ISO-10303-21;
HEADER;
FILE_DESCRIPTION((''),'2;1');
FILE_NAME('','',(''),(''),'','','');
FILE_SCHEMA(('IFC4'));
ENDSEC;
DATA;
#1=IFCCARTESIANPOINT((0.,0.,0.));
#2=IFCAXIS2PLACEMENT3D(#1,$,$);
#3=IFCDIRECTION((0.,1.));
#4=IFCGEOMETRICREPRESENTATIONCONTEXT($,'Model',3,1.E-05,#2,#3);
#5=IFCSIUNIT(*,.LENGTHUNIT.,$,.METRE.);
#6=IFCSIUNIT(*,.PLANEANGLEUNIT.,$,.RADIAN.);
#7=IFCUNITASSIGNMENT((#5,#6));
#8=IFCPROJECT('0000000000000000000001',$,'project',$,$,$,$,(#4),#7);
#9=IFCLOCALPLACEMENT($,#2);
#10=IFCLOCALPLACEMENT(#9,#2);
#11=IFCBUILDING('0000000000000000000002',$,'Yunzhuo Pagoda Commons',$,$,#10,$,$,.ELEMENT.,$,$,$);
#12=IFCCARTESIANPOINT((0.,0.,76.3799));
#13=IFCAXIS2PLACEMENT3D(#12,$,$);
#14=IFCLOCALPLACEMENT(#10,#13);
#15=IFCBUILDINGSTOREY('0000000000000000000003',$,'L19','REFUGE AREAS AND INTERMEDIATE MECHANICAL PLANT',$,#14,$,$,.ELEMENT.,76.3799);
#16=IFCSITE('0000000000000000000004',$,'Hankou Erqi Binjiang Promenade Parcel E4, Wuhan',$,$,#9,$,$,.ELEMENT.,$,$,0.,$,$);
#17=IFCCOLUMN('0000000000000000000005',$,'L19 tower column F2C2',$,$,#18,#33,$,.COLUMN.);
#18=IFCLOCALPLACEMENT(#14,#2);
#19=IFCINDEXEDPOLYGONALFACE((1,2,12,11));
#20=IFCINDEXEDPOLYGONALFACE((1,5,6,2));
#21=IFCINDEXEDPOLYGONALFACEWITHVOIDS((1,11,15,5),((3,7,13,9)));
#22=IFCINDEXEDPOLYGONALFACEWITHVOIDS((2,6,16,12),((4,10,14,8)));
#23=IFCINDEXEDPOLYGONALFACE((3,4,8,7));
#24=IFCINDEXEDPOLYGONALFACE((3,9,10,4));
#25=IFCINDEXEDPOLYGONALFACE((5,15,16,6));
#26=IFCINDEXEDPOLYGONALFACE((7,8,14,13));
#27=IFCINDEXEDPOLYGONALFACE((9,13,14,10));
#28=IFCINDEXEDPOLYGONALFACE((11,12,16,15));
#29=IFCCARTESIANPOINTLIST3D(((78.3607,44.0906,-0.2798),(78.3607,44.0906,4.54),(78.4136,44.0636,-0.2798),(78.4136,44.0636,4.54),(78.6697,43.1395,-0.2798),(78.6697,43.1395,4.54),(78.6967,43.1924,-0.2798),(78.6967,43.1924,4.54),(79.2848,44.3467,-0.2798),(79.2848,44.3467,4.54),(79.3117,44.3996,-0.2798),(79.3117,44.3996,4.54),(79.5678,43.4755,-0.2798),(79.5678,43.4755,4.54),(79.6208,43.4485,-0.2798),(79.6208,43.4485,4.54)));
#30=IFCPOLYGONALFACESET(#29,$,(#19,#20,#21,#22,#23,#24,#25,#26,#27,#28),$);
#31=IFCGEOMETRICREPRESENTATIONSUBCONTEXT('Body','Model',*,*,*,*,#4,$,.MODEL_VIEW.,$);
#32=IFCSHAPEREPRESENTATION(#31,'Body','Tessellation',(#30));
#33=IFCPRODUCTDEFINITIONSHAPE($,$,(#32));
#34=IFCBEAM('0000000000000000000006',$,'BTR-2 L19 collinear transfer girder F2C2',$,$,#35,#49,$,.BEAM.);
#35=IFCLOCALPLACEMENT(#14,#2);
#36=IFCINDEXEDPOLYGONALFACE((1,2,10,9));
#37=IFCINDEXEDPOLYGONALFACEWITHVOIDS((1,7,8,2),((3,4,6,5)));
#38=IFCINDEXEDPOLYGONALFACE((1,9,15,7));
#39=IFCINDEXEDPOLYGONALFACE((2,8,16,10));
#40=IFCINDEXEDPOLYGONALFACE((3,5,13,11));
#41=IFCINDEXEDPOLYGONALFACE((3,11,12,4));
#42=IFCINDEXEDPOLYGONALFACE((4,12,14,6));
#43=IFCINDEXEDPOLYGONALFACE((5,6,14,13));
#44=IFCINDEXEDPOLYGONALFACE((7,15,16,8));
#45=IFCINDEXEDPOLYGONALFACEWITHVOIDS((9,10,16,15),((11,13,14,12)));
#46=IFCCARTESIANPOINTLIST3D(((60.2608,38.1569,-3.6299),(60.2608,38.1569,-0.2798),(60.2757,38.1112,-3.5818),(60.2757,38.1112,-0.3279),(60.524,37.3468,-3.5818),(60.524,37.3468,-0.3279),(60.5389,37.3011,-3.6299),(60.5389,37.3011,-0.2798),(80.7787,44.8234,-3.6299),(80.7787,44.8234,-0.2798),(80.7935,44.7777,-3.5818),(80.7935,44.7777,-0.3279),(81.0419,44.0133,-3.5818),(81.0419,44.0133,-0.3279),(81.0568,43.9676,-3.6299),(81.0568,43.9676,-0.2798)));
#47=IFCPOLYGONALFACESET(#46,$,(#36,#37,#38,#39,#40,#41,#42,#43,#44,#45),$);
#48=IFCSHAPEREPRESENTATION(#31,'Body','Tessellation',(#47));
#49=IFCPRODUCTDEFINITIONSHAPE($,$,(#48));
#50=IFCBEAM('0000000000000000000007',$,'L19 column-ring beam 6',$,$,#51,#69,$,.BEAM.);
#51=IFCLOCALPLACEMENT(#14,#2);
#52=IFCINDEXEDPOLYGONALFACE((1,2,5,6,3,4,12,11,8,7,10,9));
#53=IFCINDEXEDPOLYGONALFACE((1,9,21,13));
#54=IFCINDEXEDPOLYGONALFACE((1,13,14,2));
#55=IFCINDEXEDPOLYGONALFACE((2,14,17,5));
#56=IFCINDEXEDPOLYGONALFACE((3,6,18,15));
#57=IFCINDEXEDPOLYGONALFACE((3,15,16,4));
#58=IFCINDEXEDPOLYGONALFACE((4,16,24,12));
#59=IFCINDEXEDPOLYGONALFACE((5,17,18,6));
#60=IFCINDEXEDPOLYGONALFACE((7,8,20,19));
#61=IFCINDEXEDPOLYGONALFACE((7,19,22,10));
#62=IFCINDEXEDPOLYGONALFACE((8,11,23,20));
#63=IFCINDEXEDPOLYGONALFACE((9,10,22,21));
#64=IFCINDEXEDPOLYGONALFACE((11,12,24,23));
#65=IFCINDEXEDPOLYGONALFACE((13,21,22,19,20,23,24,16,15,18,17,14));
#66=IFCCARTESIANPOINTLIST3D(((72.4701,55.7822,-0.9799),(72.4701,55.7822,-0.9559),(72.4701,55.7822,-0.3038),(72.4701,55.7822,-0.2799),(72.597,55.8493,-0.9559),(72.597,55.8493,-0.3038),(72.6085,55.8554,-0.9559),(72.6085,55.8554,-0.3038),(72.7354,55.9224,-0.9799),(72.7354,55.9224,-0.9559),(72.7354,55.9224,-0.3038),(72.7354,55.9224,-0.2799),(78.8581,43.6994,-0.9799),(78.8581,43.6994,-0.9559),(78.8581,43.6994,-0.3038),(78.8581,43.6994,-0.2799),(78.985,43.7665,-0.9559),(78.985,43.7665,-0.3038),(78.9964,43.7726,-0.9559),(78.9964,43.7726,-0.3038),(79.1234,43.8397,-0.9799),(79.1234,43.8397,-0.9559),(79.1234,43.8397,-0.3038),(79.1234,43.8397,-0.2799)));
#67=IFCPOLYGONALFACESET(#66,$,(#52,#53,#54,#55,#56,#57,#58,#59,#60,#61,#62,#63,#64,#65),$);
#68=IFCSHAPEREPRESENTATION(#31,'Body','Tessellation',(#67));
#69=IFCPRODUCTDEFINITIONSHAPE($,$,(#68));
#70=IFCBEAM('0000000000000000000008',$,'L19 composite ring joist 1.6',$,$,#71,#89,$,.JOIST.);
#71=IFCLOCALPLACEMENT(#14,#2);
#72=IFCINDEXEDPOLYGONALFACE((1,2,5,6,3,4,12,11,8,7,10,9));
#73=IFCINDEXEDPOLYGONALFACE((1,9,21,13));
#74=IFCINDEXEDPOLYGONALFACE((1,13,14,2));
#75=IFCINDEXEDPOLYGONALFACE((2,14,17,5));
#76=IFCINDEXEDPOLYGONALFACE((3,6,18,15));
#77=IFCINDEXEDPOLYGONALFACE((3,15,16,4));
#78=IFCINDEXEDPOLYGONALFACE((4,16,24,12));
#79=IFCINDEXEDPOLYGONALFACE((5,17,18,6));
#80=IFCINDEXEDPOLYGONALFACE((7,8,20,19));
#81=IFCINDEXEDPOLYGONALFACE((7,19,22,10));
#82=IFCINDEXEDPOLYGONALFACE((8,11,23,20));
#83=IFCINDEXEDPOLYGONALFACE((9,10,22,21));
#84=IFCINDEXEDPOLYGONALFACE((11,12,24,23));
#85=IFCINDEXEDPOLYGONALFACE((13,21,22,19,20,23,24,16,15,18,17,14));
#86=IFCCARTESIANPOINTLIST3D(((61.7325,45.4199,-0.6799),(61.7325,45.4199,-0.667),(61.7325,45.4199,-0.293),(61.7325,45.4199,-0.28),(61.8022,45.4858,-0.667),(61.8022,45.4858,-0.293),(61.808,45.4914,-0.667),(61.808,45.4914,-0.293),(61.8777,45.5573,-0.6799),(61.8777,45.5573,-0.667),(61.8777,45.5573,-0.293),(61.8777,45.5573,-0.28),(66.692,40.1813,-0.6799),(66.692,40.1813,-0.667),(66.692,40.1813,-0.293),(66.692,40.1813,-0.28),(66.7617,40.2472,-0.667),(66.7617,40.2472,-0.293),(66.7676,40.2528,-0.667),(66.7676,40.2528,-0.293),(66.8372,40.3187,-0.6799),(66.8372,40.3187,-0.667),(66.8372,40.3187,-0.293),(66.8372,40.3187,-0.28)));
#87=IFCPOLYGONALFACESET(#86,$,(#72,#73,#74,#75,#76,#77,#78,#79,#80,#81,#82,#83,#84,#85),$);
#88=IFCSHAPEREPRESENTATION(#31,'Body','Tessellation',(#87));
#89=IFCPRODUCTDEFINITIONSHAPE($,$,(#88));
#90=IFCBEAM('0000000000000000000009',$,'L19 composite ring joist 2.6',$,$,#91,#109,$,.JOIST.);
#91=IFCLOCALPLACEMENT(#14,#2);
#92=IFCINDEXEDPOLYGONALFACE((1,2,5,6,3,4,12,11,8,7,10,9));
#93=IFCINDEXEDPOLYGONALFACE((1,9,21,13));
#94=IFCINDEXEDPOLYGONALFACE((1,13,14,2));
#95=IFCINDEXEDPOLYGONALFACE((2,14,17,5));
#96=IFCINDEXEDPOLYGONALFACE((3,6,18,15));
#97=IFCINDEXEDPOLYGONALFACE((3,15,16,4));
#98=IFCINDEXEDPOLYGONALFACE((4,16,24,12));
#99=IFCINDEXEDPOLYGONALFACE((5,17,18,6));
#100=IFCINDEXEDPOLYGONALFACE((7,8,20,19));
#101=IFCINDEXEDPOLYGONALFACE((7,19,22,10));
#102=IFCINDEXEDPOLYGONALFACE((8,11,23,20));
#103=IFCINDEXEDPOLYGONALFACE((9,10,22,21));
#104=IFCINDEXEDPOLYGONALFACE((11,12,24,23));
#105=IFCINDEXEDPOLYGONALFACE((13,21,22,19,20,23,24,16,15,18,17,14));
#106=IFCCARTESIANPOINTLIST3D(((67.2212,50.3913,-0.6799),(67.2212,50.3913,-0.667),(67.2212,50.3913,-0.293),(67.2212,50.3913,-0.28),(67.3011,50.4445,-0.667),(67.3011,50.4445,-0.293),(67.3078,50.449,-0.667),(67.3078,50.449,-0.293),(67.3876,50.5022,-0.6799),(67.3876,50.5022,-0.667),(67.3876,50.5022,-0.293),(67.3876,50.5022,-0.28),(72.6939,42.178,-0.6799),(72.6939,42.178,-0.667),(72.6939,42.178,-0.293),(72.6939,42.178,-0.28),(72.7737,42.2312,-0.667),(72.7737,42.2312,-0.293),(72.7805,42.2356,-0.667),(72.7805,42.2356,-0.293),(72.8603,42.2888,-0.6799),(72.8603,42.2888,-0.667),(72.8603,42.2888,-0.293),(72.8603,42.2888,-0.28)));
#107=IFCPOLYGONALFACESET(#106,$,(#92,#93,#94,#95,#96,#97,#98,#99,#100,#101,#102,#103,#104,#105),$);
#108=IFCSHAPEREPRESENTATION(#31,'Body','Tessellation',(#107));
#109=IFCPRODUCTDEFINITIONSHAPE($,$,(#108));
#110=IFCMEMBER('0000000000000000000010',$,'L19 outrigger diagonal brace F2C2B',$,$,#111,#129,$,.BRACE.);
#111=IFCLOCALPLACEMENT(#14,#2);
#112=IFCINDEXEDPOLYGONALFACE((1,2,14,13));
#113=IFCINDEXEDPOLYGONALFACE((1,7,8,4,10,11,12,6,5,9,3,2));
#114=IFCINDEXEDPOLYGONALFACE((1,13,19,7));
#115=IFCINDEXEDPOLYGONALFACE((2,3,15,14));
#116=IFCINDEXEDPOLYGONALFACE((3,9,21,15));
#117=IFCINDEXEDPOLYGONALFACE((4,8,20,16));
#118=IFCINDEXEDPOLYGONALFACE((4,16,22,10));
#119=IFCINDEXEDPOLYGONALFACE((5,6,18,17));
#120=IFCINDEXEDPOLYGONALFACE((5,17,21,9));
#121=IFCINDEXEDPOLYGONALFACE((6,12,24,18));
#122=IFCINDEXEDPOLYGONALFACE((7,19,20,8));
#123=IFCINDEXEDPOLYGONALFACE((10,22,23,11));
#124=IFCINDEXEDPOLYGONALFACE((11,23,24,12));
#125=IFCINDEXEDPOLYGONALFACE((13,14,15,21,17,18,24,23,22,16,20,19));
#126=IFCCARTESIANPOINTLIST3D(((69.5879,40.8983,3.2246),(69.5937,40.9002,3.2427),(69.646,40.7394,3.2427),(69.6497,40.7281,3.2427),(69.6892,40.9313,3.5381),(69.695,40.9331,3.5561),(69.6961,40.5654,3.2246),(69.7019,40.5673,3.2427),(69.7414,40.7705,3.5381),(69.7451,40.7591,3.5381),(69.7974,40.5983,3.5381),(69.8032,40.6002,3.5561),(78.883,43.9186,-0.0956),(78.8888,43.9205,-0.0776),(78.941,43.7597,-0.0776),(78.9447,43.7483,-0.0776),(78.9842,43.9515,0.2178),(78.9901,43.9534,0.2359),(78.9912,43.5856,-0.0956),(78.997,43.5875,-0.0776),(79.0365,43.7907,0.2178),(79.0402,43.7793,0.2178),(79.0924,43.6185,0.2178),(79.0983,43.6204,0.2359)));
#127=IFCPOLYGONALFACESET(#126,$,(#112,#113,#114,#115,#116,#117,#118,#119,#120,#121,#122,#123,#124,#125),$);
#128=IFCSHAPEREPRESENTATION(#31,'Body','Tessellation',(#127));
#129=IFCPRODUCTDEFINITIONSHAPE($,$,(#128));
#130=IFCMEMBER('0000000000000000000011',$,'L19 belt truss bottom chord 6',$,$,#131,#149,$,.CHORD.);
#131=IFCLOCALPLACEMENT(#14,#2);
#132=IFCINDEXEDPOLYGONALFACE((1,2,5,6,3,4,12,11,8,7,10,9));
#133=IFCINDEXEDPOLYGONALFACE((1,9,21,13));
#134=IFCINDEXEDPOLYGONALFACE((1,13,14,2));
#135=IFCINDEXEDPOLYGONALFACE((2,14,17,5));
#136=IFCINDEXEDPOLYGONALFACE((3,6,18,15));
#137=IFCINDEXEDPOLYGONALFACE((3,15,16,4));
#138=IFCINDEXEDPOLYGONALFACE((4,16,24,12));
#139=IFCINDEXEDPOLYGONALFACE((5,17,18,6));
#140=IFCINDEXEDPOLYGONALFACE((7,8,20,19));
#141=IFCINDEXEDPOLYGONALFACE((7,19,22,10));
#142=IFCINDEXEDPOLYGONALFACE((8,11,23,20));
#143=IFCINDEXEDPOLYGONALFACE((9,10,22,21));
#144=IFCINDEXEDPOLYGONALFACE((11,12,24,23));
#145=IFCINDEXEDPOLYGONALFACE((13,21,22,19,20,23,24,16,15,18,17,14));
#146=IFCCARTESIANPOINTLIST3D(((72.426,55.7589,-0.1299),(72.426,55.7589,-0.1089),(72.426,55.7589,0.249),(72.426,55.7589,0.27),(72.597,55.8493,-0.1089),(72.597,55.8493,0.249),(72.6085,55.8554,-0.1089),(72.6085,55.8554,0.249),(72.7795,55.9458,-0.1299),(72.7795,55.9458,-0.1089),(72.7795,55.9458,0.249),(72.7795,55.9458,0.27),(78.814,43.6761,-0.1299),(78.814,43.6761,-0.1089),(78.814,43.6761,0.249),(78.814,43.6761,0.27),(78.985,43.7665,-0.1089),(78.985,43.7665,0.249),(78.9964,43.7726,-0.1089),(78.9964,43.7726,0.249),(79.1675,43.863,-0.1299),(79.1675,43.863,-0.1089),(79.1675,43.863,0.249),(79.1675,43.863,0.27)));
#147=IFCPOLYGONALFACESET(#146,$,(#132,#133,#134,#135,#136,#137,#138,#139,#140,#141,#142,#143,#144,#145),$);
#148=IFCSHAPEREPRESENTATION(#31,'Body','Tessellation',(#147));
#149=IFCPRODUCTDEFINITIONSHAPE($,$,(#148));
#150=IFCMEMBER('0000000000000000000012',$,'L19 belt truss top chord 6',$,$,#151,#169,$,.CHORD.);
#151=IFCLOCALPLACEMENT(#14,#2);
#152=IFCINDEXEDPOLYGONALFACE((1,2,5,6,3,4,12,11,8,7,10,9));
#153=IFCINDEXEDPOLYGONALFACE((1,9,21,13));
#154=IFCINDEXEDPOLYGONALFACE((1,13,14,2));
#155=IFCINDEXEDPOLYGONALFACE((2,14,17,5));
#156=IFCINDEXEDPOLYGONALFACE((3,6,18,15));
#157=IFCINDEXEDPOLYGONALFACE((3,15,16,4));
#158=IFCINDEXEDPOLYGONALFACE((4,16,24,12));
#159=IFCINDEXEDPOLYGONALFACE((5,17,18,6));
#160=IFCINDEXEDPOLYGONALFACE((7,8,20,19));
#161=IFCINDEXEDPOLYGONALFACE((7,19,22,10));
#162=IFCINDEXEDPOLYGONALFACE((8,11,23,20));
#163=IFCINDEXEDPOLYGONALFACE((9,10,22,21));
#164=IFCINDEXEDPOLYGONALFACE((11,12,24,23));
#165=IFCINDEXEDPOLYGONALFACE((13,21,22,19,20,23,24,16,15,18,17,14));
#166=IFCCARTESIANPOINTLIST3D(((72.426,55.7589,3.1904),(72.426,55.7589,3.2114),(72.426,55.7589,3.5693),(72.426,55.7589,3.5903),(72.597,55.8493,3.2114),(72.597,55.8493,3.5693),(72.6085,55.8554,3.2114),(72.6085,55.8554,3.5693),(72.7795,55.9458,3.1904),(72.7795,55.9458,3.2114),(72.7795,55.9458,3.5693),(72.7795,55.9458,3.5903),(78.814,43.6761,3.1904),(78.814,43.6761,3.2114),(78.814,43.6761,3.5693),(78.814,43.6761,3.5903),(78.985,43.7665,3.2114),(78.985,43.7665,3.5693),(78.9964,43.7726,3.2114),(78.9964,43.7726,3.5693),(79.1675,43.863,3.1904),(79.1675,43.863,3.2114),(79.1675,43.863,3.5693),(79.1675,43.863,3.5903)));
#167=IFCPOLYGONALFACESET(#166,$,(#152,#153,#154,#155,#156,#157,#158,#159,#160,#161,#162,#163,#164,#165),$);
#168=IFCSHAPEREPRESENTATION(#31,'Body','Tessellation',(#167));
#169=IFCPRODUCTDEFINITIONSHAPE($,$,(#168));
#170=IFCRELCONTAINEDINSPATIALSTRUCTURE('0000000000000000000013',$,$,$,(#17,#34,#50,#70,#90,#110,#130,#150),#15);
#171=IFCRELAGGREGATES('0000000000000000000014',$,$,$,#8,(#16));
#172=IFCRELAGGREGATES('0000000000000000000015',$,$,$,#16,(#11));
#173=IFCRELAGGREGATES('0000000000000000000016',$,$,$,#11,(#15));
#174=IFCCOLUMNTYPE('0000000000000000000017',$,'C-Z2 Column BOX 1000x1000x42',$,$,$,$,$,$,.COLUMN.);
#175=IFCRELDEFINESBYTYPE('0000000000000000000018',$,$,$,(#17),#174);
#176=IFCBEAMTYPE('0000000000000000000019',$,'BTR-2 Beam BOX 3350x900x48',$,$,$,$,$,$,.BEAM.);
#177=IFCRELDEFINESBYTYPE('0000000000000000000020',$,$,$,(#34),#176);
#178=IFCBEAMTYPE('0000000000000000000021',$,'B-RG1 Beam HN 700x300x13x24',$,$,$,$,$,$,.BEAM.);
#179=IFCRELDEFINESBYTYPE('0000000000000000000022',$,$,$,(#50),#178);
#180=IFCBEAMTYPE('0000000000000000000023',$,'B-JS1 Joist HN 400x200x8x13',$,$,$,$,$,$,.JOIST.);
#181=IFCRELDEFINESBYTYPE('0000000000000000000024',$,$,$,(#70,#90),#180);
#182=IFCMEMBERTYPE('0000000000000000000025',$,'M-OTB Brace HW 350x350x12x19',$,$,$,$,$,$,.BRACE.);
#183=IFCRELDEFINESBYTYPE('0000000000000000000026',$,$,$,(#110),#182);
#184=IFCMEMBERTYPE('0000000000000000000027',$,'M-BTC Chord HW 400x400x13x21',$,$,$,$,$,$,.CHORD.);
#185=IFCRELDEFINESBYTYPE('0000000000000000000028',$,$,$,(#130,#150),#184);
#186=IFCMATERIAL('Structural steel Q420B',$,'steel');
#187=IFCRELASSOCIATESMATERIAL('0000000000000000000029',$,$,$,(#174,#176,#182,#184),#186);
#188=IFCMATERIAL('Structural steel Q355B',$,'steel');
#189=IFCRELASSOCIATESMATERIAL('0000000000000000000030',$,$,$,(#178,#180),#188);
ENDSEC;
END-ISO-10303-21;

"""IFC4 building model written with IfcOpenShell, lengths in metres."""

from ifc_helpers import new_model, si_unit, direction, frame, origin, origin_2d, place, context, subcontext, project, spatial, hollow_rectangle, i_section, extrude, source, transform, mapped, material, material_profile, profile_set, type_object, element, save


model = new_model("IFC4")

# Units and contexts
model_context = context("Model", 3, precision=1e-05, world=origin(), true_north=direction((0.0, 1.0)))
body_context = subcontext(model_context, "Body", "Model", "MODEL_VIEW")
ifc_project = project(units=[si_unit("LENGTHUNIT", "METRE"), si_unit("PLANEANGLEUNIT", "RADIAN")], contexts=[model_context])

# Site, building, storey
site_placement = place(None, origin())
site = spatial("IfcSite", under=ifc_project, at=site_placement, Name="Hankou Erqi Binjiang Promenade Parcel E4, Wuhan", CompositionType="ELEMENT", RefElevation=0.0)
building_placement = place(site_placement, origin())
building = spatial("IfcBuilding", under=site, at=building_placement, Name="Yunzhuo Pagoda Commons", CompositionType="ELEMENT")
storey_placement = place(building_placement, frame((0.0, 0.0, 76.3799)))
storey = spatial("IfcBuildingStorey", under=building, at=storey_placement, Name="L19", Description="REFUGE AREAS AND INTERMEDIATE MECHANICAL PLANT", CompositionType="ELEMENT", Elevation=76.3799)

# Column
ifc_material_1 = material(Name="Structural steel Q420B", Category="steel")
ifc_material_profile_1 = material_profile(ifc_material_1, hollow_rectangle(XDim=1.0, YDim=1.0, WallThickness=0.042, at=origin_2d()), Name="Structural steel Q420B")
ifc_profile_set_1 = profile_set([ifc_material_profile_1], Name="Structural steel Q420B")
column_type = type_object("IfcColumnType", Name="C-Z2 Column BOX 1000x1000x42", PredefinedType="COLUMN", material=ifc_profile_set_1)
shared_shape_1 = source(origin(), body_context, "Body", "SweptSolid", [
    extrude(hollow_rectangle(XDim=1.0, YDim=1.0, WallThickness=0.042, at=origin_2d()), origin(), (0.0, 0.0, 1.0), 4.8198),
])
column_placement = place(storey_placement, frame((78.9907, 43.7695, -0.2798), z_axis=(0.0, 0.0, 1.0), x_axis=(-0.309017, 0.951057, 0.0)))
element("IfcColumn", 1, at=column_placement, inside=storey, type_object=column_type, Name="L19 tower column F2C2", PredefinedType="COLUMN", context=body_context, shape_type="MappedRepresentation", body=[
    mapped(shared_shape_1, transform((0.0, 0.0, 0.0), scale=1.0)),
])

# Beams
ifc_material_profile_2 = material_profile(ifc_material_1, hollow_rectangle(XDim=0.8999, YDim=3.3501, WallThickness=0.0481, at=origin_2d()), Name="Structural steel Q420B")
ifc_profile_set_2 = profile_set([ifc_material_profile_2], Name="Structural steel Q420B")
beam_type_1 = type_object("IfcBeamType", Name="BTR-2 Beam BOX 3350x900x48", PredefinedType="BEAM", material=ifc_profile_set_2)
shared_shape_2 = source(origin(), body_context, "Body", "SweptSolid", [
    extrude(hollow_rectangle(XDim=0.8999, YDim=3.3501, WallThickness=0.0481, at=origin_2d()), origin(), (0.0, 0.0, 1.0), 21.5737),
])
beam_1_placement = place(storey_placement, frame((80.9177, 44.3955, -1.9548), z_axis=(-0.951058, -0.309011, 0.0), x_axis=(0.309011, -0.951058, 0.0)))
element("IfcBeam", 2, at=beam_1_placement, inside=storey, type_object=beam_type_1, Name="BTR-2 L19 collinear transfer girder F2C2", PredefinedType="BEAM", context=body_context, shape_type="MappedRepresentation", body=[
    mapped(shared_shape_2, transform((0.0, 0.0, 0.0), scale=1.0)),
])
ifc_material_2 = material(Name="Structural steel Q355B", Category="steel")
ifc_material_profile_3 = material_profile(ifc_material_2, i_section(OverallWidth=0.3, OverallDepth=0.7, WebThickness=0.0129, FlangeThickness=0.0239, at=origin_2d()), Name="Structural steel Q355B")
ifc_profile_set_3 = profile_set([ifc_material_profile_3], Name="Structural steel Q355B")
beam_type_2 = type_object("IfcBeamType", Name="B-RG1 Beam HN 700x300x13x24", PredefinedType="BEAM", material=ifc_profile_set_3)
shared_shape_3 = source(origin(), body_context, "Body", "SweptSolid", [
    extrude(i_section(OverallWidth=0.3, OverallDepth=0.7, WebThickness=0.0129, FlangeThickness=0.0239, at=origin_2d()), origin(), (0.0, 0.0, 1.0), 13.6675),
])
beam_2_placement = place(storey_placement, frame((78.9907, 43.7695, -0.6299), z_axis=(-0.467384, 0.884055, 0.0), x_axis=(-0.884055, -0.467384, 0.0)))
element("IfcBeam", 3, at=beam_2_placement, inside=storey, type_object=beam_type_2, Name="L19 column-ring beam 6", PredefinedType="BEAM", context=body_context, shape_type="MappedRepresentation", body=[
    mapped(shared_shape_3, transform((0.0, 0.0, 0.0), scale=1.0)),
])
ifc_material_profile_4 = material_profile(ifc_material_2, i_section(OverallWidth=0.2, OverallDepth=0.3999, WebThickness=0.0081, FlangeThickness=0.0129, at=origin_2d()), Name="Structural steel Q355B")
ifc_profile_set_4 = profile_set([ifc_material_profile_4], Name="Structural steel Q355B")
beam_type_3 = type_object("IfcBeamType", Name="B-JS1 Joist HN 400x200x8x13", PredefinedType="JOIST", material=ifc_profile_set_4)
shared_shape_4 = source(origin(), body_context, "Body", "SweptSolid", [
    extrude(i_section(OverallWidth=0.2, OverallDepth=0.3999, WebThickness=0.0081, FlangeThickness=0.0129, at=origin_2d()), origin(), (0.0, 0.0, 1.0), 7.2139),
])
beam_3_placement = place(storey_placement, frame((66.7646, 40.25, -0.48), z_axis=(-0.687501, 0.726184, 0.0), x_axis=(-0.726184, -0.687501, 0.0)))
element("IfcBeam", 4, at=beam_3_placement, inside=storey, type_object=beam_type_3, Name="L19 composite ring joist 1.6", PredefinedType="JOIST", context=body_context, shape_type="MappedRepresentation", body=[
    mapped(shared_shape_4, transform((0.0, 0.0, 0.0), scale=1.0)),
])
shared_shape_5 = source(origin(), body_context, "Body", "SweptSolid", [
    extrude(i_section(OverallWidth=0.2, OverallDepth=0.3999, WebThickness=0.0081, FlangeThickness=0.0129, at=origin_2d()), origin(), (0.0, 0.0, 1.0), 9.8696),
])
beam_4_placement = place(storey_placement, frame((72.7771, 42.2334, -0.48), z_axis=(-0.554495, 0.832187, 0.0), x_axis=(-0.832187, -0.554495, 0.0)))
element("IfcBeam", 5, at=beam_4_placement, inside=storey, type_object=beam_type_3, Name="L19 composite ring joist 2.6", PredefinedType="JOIST", context=body_context, shape_type="MappedRepresentation", body=[
    mapped(shared_shape_5, transform((0.0, 0.0, 0.0), scale=1.0)),
])

# Members
ifc_material_profile_5 = material_profile(ifc_material_1, i_section(OverallWidth=0.3501, OverallDepth=0.3501, WebThickness=0.012, FlangeThickness=0.019, at=origin_2d()), Name="Structural steel Q420B")
ifc_profile_set_5 = profile_set([ifc_material_profile_5], Name="Structural steel Q420B")
member_type_1 = type_object("IfcMemberType", Name="M-OTB Brace HW 350x350x12x19", PredefinedType="BRACE", material=ifc_profile_set_5)
shared_shape_6 = source(origin(), body_context, "Body", "SweptSolid", [
    extrude(i_section(OverallWidth=0.3501, OverallDepth=0.3501, WebThickness=0.012, FlangeThickness=0.019, at=origin_2d()), origin(), (0.0, 0.0, 1.0), 10.322),
])
member_1_placement = place(storey_placement, frame((69.6956, 40.7493, 3.3904), z_axis=(0.900508, 0.292601, -0.321669), x_axis=(-0.309025, 0.951054, 0.0)))
element("IfcMember", 6, at=member_1_placement, inside=storey, type_object=member_type_1, Name="L19 outrigger diagonal brace F2C2B", PredefinedType="BRACE", context=body_context, shape_type="MappedRepresentation", body=[
    mapped(shared_shape_6, transform((0.0, 0.0, 0.0), scale=1.0)),
])
ifc_material_profile_6 = material_profile(ifc_material_1, i_section(OverallWidth=0.3999, OverallDepth=0.3999, WebThickness=0.0129, FlangeThickness=0.021, at=origin_2d()), Name="Structural steel Q420B")
ifc_profile_set_6 = profile_set([ifc_material_profile_6], Name="Structural steel Q420B")
member_type_2 = type_object("IfcMemberType", Name="M-BTC Chord HW 400x400x13x21", PredefinedType="CHORD", material=ifc_profile_set_6)
shared_shape_7 = source(origin(), body_context, "Body", "SweptSolid", [
    extrude(i_section(OverallWidth=0.3999, OverallDepth=0.3999, WebThickness=0.0129, FlangeThickness=0.021, at=origin_2d()), origin(), (0.0, 0.0, 1.0), 13.6675),
])
for number, where, z_axis, x_axis, name in (
    (7, (78.9907, 43.7695, 0.0701), (-0.467384, 0.884055, 0.0), (-0.884055, -0.467384, 0.0), "L19 belt truss bottom chord 6"),
    (8, (78.9907, 43.7695, 3.3904), (-0.467384, 0.884055, 0.0), (-0.884055, -0.467384, 0.0), "L19 belt truss top chord 6"),
):
    element("IfcMember", number, at=place(storey_placement, frame(where, z_axis=z_axis, x_axis=x_axis)), inside=storey, type_object=member_type_2, Name=name, PredefinedType="CHORD", context=body_context, shape_type="MappedRepresentation", body=[
        mapped(shared_shape_7, transform((0.0, 0.0, 0.0), scale=1.0)),
    ])

save(model, "model.ifc")
